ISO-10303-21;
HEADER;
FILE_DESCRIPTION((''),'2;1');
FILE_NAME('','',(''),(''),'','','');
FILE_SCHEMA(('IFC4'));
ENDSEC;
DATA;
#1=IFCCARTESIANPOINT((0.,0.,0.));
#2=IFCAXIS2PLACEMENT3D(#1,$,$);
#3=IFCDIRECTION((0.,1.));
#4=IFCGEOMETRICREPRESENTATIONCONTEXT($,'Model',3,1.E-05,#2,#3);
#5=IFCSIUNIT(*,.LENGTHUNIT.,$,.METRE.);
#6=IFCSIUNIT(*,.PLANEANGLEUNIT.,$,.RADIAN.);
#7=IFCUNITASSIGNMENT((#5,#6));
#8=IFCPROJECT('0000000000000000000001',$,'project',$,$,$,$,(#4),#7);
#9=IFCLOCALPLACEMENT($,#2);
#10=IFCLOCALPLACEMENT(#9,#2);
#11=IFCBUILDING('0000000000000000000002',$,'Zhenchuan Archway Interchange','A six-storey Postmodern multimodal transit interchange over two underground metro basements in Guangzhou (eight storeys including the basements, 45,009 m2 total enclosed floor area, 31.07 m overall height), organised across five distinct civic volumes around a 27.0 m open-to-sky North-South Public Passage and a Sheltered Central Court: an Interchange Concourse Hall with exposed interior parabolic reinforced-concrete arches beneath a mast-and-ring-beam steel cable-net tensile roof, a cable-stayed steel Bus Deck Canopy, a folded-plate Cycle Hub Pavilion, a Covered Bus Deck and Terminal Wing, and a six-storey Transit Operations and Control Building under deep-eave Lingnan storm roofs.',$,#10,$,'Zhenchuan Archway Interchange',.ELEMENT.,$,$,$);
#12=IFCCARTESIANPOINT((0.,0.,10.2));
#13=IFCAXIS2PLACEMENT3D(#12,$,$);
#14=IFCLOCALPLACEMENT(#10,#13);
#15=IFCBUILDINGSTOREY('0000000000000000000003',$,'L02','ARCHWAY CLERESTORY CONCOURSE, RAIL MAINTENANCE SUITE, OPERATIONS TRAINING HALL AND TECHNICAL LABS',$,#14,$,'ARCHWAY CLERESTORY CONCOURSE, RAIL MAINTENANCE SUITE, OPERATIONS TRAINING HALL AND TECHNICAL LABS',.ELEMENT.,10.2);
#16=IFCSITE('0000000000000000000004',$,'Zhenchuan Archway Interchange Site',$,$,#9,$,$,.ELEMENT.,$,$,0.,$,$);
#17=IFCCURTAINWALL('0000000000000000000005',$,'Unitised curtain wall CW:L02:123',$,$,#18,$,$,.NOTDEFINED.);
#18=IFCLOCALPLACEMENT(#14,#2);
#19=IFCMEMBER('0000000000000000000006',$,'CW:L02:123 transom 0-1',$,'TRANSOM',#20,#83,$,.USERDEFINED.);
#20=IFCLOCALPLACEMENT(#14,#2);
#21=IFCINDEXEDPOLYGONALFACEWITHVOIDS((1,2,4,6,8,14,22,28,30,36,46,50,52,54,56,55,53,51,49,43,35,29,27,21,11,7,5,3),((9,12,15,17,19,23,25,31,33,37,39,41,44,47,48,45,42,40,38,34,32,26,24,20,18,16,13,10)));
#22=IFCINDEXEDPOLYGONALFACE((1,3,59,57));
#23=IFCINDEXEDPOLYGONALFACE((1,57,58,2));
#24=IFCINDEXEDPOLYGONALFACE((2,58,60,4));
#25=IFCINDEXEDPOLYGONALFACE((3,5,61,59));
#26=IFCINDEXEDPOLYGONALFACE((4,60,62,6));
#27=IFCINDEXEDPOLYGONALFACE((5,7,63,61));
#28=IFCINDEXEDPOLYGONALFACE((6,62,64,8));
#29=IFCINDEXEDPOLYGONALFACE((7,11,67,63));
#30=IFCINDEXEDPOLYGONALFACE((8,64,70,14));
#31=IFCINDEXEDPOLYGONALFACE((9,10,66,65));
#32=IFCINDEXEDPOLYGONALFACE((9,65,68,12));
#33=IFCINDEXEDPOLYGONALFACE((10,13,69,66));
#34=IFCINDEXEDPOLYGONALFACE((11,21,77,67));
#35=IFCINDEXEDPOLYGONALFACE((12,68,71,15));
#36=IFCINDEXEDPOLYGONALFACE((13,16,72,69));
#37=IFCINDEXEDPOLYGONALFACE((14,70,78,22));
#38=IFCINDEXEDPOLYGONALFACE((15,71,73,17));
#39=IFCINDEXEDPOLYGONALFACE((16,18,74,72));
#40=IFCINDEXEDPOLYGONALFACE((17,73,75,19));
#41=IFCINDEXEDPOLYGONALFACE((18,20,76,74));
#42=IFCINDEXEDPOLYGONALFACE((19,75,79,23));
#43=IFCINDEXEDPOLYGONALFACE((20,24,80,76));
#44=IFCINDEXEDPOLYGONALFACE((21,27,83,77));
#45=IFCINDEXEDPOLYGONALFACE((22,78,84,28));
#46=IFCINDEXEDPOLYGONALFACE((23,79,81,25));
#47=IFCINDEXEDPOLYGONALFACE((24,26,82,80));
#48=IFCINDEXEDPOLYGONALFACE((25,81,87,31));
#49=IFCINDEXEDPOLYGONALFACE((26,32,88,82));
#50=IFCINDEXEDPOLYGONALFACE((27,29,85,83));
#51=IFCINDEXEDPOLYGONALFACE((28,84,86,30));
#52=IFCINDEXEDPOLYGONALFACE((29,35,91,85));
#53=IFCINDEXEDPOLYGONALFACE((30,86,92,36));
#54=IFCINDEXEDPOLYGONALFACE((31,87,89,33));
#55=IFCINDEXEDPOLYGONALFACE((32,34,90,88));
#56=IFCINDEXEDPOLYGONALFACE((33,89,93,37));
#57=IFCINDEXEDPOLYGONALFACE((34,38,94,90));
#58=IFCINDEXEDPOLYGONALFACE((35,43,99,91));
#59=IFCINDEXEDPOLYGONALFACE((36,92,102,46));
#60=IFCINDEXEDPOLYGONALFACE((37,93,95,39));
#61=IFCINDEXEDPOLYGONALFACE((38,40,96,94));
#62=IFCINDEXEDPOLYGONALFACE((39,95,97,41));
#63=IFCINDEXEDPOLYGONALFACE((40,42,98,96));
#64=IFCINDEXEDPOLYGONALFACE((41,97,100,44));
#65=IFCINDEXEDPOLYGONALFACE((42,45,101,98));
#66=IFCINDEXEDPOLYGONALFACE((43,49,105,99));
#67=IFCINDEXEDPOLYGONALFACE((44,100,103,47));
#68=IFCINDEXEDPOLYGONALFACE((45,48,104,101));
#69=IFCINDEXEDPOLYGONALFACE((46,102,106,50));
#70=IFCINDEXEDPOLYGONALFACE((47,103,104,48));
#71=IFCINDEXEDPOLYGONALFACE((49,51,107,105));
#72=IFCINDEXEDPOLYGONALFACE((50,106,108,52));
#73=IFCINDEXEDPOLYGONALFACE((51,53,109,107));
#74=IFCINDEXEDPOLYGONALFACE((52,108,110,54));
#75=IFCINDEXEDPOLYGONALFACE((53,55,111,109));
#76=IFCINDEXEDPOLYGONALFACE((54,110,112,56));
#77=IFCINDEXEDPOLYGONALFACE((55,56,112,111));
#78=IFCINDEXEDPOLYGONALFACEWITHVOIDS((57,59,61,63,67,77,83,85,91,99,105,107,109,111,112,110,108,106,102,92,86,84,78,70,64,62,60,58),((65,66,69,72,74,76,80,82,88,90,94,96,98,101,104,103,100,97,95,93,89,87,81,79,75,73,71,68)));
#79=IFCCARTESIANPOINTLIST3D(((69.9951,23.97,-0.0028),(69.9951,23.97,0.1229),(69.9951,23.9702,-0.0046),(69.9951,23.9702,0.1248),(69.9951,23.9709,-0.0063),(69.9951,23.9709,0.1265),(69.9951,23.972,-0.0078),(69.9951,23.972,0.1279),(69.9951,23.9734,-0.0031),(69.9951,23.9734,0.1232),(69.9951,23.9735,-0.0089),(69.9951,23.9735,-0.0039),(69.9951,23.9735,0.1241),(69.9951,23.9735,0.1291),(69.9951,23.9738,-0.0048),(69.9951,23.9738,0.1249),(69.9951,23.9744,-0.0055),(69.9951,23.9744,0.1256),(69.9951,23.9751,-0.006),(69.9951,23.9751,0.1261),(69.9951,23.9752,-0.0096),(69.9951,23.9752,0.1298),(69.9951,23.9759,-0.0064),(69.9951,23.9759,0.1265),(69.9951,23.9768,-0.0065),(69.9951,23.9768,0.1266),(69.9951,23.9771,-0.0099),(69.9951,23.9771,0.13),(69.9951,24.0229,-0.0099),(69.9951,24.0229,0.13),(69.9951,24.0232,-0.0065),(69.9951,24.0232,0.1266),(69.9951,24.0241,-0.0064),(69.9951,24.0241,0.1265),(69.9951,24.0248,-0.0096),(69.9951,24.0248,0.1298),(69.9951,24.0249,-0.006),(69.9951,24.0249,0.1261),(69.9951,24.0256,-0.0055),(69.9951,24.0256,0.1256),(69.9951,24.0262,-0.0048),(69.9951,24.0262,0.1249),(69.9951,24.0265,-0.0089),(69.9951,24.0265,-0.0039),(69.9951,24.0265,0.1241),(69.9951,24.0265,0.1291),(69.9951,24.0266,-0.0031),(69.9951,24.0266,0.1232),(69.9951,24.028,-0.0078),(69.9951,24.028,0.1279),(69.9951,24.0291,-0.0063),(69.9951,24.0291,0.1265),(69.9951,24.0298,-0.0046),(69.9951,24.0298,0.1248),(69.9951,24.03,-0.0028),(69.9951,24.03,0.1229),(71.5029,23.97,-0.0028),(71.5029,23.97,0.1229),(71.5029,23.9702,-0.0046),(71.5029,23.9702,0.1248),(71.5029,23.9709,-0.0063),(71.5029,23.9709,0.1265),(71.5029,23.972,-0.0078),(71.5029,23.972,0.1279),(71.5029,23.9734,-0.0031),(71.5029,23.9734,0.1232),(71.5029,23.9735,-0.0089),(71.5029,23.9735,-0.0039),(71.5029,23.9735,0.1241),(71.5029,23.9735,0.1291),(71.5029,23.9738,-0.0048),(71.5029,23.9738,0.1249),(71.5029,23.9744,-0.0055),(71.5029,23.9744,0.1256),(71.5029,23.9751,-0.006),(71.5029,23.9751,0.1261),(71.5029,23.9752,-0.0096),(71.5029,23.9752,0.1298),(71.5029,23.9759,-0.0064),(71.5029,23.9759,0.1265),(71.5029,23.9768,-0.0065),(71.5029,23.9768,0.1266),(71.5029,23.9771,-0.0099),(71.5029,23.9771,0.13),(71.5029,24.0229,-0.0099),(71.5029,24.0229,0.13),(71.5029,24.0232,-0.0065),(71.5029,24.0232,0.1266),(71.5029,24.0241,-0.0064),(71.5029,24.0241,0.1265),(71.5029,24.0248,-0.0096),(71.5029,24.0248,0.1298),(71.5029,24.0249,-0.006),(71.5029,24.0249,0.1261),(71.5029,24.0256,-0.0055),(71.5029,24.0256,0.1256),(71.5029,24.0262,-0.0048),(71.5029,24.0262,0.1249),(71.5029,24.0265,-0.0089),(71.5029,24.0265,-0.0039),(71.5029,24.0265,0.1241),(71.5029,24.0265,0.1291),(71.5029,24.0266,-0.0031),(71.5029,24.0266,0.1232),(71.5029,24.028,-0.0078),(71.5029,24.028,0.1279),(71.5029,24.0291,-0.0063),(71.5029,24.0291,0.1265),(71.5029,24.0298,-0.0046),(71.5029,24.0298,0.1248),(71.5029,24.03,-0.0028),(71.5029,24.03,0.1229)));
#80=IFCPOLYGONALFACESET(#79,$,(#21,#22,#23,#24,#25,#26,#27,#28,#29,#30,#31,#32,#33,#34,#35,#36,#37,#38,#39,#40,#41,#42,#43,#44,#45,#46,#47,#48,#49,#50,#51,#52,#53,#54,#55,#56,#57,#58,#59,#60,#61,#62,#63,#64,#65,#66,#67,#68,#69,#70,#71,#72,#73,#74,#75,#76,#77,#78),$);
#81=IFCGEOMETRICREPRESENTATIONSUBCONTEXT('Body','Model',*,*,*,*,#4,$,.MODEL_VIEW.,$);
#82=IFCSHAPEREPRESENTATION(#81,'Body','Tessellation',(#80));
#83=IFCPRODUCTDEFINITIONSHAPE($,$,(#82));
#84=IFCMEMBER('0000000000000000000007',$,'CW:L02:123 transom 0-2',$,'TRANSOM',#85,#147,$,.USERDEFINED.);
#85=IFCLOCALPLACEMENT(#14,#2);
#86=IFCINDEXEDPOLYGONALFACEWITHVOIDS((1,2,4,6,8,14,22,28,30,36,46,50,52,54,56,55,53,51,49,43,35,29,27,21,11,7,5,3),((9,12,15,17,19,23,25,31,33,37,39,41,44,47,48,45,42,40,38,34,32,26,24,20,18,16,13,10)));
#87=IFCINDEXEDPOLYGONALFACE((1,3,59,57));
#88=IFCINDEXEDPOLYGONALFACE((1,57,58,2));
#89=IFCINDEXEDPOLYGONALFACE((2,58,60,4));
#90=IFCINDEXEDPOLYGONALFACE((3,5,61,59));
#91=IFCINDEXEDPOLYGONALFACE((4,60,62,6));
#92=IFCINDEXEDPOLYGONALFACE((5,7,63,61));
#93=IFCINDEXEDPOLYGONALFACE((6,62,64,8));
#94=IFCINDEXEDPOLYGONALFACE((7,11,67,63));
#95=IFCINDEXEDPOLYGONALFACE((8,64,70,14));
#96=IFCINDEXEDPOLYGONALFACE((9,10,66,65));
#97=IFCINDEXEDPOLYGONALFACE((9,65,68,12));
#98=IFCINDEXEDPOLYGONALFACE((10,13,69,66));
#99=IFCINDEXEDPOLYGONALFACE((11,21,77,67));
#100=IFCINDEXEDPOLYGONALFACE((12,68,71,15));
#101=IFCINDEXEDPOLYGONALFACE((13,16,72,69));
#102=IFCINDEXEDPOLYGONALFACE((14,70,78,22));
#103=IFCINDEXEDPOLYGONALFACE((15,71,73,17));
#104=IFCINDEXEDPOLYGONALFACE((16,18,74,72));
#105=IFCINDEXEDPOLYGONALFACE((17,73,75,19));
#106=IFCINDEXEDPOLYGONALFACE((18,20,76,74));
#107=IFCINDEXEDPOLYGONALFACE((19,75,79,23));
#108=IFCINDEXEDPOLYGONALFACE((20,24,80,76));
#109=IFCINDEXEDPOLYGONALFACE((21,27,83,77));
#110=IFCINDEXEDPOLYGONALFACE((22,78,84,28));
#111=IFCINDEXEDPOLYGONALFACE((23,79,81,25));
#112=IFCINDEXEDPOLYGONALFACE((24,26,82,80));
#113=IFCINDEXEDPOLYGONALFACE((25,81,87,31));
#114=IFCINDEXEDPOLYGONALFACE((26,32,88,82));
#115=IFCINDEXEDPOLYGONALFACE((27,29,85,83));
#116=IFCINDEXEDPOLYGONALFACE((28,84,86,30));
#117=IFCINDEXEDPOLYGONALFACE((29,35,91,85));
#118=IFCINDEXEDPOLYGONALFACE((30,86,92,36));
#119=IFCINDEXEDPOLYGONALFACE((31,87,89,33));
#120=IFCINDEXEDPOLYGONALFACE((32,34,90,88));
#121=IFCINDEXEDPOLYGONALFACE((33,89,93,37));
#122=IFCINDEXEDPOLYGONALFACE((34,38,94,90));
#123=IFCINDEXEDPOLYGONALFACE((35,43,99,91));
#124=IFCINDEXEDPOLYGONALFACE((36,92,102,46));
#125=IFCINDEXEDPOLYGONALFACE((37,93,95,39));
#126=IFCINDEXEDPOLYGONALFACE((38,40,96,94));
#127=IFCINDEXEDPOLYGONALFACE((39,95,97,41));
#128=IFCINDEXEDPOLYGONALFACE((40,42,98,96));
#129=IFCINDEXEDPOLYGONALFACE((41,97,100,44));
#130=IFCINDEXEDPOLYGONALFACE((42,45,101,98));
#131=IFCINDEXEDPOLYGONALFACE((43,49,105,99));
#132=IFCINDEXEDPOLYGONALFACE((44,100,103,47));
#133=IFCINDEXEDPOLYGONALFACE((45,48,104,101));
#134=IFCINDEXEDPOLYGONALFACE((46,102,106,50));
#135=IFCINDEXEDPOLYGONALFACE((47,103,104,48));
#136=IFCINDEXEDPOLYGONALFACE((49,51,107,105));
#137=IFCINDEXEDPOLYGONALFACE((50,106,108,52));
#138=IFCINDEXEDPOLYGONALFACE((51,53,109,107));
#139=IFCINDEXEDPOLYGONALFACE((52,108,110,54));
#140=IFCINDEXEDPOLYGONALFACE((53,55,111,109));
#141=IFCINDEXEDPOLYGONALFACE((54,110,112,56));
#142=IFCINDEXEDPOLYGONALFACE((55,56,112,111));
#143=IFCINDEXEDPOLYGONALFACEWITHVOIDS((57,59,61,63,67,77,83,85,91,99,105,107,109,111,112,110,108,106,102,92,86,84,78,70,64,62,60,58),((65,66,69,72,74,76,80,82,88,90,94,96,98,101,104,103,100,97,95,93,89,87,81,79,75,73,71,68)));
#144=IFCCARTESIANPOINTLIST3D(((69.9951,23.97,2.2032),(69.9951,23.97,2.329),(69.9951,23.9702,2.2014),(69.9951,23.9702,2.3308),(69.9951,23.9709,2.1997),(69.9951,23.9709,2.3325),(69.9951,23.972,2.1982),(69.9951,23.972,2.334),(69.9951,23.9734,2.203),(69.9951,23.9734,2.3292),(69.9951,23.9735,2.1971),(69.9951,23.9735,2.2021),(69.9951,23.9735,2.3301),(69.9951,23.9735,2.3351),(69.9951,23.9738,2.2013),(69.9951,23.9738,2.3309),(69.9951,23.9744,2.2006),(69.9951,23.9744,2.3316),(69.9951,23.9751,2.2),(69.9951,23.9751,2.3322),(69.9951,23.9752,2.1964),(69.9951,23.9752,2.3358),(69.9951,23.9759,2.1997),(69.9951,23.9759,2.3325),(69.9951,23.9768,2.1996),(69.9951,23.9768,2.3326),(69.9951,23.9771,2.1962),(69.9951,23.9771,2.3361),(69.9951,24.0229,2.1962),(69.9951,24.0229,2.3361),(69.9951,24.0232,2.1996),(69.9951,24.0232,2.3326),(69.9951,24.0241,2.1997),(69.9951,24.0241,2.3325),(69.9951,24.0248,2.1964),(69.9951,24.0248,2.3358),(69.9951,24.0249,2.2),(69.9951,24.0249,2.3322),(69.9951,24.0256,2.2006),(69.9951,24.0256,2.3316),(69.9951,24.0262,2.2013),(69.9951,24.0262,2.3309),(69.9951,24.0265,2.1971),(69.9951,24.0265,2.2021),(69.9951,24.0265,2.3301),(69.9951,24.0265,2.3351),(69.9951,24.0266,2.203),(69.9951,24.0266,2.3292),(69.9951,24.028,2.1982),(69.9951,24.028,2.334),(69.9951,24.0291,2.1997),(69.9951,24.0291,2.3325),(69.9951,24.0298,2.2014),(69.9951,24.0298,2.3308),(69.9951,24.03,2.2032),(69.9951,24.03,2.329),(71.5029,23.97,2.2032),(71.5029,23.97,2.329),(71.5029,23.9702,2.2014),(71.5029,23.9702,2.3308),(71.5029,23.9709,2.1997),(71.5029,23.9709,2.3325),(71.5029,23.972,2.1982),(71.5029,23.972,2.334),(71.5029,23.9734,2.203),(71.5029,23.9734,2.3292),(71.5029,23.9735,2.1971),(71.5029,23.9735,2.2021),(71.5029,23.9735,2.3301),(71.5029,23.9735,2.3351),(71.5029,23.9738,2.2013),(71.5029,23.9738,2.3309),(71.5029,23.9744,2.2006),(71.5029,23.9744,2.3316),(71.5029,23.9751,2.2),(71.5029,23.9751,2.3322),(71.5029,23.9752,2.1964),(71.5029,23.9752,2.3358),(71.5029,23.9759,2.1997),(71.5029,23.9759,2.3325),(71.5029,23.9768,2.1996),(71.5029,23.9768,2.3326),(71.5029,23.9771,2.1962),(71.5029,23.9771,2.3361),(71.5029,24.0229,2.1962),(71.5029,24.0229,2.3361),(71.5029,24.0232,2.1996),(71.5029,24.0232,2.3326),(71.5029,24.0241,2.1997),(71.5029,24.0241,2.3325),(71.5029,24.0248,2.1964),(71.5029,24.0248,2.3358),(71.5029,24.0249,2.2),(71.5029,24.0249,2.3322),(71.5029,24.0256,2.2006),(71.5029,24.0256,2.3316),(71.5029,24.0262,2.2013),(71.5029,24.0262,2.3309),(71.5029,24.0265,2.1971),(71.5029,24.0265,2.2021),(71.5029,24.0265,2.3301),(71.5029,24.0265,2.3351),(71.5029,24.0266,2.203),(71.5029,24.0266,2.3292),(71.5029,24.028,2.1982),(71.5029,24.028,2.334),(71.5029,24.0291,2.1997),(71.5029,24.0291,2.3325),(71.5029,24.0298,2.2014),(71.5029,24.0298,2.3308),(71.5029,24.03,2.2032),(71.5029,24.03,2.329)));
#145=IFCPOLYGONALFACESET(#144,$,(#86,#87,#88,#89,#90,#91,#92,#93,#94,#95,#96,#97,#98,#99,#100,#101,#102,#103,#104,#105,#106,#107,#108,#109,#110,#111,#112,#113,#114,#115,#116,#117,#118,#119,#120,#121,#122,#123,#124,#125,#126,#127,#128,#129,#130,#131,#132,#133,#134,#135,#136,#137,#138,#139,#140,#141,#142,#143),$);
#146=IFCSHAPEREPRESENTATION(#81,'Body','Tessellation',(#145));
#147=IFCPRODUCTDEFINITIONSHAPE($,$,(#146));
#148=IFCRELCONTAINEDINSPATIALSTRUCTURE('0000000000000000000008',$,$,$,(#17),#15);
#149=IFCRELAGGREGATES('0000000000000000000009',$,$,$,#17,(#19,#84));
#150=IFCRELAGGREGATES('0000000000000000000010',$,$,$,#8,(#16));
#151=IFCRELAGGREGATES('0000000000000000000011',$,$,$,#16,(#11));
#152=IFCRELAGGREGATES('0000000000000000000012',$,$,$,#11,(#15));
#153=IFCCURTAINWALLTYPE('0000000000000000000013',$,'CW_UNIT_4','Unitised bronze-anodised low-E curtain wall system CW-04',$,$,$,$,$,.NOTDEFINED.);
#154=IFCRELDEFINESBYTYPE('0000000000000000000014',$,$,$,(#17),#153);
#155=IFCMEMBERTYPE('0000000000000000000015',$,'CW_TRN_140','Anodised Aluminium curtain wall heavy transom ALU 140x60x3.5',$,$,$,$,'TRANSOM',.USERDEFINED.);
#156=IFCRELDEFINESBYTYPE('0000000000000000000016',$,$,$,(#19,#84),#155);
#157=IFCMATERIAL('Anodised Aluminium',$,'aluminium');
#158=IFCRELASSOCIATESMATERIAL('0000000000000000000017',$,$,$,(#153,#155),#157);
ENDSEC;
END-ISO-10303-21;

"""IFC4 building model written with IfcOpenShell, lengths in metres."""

from ifc_helpers import new_model, si_unit, direction, frame, origin, origin_2d, place, context, subcontext, project, spatial, hollow_rectangle, extrude, material, material_profile, profile_set, type_object, element, aggregate, save


model = new_model("IFC4")

# Units and contexts
model_context = context("Model", 3, precision=1e-05, world=origin(), true_north=direction((0.0, 1.0)))
body_context = subcontext(model_context, "Body", "Model", "MODEL_VIEW")
ifc_project = project(units=[si_unit("LENGTHUNIT", "METRE"), si_unit("PLANEANGLEUNIT", "RADIAN")], contexts=[model_context])

# Site, building, storey
site_placement = place(None, origin())
site = spatial("IfcSite", under=ifc_project, at=site_placement, Name="Zhenchuan Archway Interchange Site", CompositionType="ELEMENT", RefElevation=0.0)
building_placement = place(site_placement, origin())
building = spatial("IfcBuilding", under=site, at=building_placement, Name="Zhenchuan Archway Interchange", Description="A six-storey Postmodern multimodal transit interchange over two underground metro basements in Guangzhou (eight storeys including the basements, 45,009 m2 total enclosed floor area, 31.07 m overall height), organised across five distinct civic volumes around a 27.0 m open-to-sky North-South Public Passage and a Sheltered Central Court: an Interchange Concourse Hall with exposed interior parabolic reinforced-concrete arches beneath a mast-and-ring-beam steel cable-net tensile roof, a cable-stayed steel Bus Deck Canopy, a folded-plate Cycle Hub Pavilion, a Covered Bus Deck and Terminal Wing, and a six-storey Transit Operations and Control Building under deep-eave Lingnan storm roofs.", LongName="Zhenchuan Archway Interchange", CompositionType="ELEMENT")
storey_placement = place(building_placement, frame((0.0, 0.0, 10.2)))
storey = spatial("IfcBuildingStorey", under=building, at=storey_placement, Name="L02", Description="ARCHWAY CLERESTORY CONCOURSE, RAIL MAINTENANCE SUITE, OPERATIONS TRAINING HALL AND TECHNICAL LABS", LongName="ARCHWAY CLERESTORY CONCOURSE, RAIL MAINTENANCE SUITE, OPERATIONS TRAINING HALL AND TECHNICAL LABS", CompositionType="ELEMENT", Elevation=10.2)

# Curtain wall, members
ifc_material_1 = material(Name="Anodised Aluminium", Category="aluminium")
curtain_wall_type = type_object("IfcCurtainWallType", Name="CW_UNIT_4", Description="Unitised bronze-anodised low-E curtain wall system CW-04", PredefinedType="NOTDEFINED", material=ifc_material_1)
curtain_wall_placement = place(storey_placement, origin())
curtain_wall = element("IfcCurtainWall", 1, at=curtain_wall_placement, inside=storey, type_object=curtain_wall_type, Name="Unitised curtain wall CW:L02:123", PredefinedType="NOTDEFINED")
ifc_material_profile_1 = material_profile(ifc_material_1, hollow_rectangle(XDim=0.0601, YDim=0.1399, WallThickness=0.0034, InnerFilletRadius=0.0034, OuterFilletRadius=0.0071, at=origin_2d()), Name="ALU 140x60x3.5")
ifc_profile_set_1 = profile_set([ifc_material_profile_1], Name="Anodised Aluminium")
member_type_1 = type_object("IfcMemberType", Name="CW_TRN_140", Description="Anodised Aluminium curtain wall heavy transom ALU 140x60x3.5", ElementType="TRANSOM", PredefinedType="USERDEFINED", material=ifc_profile_set_1)
member_1_placement = place(storey_placement, frame((71.5029, 24.0, 0.0601), z_axis=(-1.0, 0.0, 0.0), x_axis=(0.0, -1.0, 0.0)))
member_1 = element("IfcMember", 2, at=member_1_placement, type_object=member_type_1, Name="CW:L02:123 transom 0-1", ObjectType="TRANSOM", PredefinedType="USERDEFINED", context=body_context, shape_type="SweptSolid", body=[
    extrude(hollow_rectangle(XDim=0.0601, YDim=0.1399, WallThickness=0.0034, InnerFilletRadius=0.0034, OuterFilletRadius=0.0071, at=origin_2d()), origin(), (0.0, 0.0, 1.0), 1.5078),
])
member_2_placement = place(storey_placement, frame((71.5029, 24.0, 2.2661), z_axis=(-1.0, 0.0, 0.0), x_axis=(0.0, -1.0, 0.0)))
member_2 = element("IfcMember", 3, at=member_2_placement, type_object=member_type_1, Name="CW:L02:123 transom 0-2", ObjectType="TRANSOM", PredefinedType="USERDEFINED", context=body_context, shape_type="SweptSolid", body=[
    extrude(hollow_rectangle(XDim=0.0601, YDim=0.1399, WallThickness=0.0034, InnerFilletRadius=0.0034, OuterFilletRadius=0.0071, at=origin_2d()), origin(), (0.0, 0.0, 1.0), 1.5078),
])

aggregate(curtain_wall, [member_1, member_2])

save(model, "model.ifc")
